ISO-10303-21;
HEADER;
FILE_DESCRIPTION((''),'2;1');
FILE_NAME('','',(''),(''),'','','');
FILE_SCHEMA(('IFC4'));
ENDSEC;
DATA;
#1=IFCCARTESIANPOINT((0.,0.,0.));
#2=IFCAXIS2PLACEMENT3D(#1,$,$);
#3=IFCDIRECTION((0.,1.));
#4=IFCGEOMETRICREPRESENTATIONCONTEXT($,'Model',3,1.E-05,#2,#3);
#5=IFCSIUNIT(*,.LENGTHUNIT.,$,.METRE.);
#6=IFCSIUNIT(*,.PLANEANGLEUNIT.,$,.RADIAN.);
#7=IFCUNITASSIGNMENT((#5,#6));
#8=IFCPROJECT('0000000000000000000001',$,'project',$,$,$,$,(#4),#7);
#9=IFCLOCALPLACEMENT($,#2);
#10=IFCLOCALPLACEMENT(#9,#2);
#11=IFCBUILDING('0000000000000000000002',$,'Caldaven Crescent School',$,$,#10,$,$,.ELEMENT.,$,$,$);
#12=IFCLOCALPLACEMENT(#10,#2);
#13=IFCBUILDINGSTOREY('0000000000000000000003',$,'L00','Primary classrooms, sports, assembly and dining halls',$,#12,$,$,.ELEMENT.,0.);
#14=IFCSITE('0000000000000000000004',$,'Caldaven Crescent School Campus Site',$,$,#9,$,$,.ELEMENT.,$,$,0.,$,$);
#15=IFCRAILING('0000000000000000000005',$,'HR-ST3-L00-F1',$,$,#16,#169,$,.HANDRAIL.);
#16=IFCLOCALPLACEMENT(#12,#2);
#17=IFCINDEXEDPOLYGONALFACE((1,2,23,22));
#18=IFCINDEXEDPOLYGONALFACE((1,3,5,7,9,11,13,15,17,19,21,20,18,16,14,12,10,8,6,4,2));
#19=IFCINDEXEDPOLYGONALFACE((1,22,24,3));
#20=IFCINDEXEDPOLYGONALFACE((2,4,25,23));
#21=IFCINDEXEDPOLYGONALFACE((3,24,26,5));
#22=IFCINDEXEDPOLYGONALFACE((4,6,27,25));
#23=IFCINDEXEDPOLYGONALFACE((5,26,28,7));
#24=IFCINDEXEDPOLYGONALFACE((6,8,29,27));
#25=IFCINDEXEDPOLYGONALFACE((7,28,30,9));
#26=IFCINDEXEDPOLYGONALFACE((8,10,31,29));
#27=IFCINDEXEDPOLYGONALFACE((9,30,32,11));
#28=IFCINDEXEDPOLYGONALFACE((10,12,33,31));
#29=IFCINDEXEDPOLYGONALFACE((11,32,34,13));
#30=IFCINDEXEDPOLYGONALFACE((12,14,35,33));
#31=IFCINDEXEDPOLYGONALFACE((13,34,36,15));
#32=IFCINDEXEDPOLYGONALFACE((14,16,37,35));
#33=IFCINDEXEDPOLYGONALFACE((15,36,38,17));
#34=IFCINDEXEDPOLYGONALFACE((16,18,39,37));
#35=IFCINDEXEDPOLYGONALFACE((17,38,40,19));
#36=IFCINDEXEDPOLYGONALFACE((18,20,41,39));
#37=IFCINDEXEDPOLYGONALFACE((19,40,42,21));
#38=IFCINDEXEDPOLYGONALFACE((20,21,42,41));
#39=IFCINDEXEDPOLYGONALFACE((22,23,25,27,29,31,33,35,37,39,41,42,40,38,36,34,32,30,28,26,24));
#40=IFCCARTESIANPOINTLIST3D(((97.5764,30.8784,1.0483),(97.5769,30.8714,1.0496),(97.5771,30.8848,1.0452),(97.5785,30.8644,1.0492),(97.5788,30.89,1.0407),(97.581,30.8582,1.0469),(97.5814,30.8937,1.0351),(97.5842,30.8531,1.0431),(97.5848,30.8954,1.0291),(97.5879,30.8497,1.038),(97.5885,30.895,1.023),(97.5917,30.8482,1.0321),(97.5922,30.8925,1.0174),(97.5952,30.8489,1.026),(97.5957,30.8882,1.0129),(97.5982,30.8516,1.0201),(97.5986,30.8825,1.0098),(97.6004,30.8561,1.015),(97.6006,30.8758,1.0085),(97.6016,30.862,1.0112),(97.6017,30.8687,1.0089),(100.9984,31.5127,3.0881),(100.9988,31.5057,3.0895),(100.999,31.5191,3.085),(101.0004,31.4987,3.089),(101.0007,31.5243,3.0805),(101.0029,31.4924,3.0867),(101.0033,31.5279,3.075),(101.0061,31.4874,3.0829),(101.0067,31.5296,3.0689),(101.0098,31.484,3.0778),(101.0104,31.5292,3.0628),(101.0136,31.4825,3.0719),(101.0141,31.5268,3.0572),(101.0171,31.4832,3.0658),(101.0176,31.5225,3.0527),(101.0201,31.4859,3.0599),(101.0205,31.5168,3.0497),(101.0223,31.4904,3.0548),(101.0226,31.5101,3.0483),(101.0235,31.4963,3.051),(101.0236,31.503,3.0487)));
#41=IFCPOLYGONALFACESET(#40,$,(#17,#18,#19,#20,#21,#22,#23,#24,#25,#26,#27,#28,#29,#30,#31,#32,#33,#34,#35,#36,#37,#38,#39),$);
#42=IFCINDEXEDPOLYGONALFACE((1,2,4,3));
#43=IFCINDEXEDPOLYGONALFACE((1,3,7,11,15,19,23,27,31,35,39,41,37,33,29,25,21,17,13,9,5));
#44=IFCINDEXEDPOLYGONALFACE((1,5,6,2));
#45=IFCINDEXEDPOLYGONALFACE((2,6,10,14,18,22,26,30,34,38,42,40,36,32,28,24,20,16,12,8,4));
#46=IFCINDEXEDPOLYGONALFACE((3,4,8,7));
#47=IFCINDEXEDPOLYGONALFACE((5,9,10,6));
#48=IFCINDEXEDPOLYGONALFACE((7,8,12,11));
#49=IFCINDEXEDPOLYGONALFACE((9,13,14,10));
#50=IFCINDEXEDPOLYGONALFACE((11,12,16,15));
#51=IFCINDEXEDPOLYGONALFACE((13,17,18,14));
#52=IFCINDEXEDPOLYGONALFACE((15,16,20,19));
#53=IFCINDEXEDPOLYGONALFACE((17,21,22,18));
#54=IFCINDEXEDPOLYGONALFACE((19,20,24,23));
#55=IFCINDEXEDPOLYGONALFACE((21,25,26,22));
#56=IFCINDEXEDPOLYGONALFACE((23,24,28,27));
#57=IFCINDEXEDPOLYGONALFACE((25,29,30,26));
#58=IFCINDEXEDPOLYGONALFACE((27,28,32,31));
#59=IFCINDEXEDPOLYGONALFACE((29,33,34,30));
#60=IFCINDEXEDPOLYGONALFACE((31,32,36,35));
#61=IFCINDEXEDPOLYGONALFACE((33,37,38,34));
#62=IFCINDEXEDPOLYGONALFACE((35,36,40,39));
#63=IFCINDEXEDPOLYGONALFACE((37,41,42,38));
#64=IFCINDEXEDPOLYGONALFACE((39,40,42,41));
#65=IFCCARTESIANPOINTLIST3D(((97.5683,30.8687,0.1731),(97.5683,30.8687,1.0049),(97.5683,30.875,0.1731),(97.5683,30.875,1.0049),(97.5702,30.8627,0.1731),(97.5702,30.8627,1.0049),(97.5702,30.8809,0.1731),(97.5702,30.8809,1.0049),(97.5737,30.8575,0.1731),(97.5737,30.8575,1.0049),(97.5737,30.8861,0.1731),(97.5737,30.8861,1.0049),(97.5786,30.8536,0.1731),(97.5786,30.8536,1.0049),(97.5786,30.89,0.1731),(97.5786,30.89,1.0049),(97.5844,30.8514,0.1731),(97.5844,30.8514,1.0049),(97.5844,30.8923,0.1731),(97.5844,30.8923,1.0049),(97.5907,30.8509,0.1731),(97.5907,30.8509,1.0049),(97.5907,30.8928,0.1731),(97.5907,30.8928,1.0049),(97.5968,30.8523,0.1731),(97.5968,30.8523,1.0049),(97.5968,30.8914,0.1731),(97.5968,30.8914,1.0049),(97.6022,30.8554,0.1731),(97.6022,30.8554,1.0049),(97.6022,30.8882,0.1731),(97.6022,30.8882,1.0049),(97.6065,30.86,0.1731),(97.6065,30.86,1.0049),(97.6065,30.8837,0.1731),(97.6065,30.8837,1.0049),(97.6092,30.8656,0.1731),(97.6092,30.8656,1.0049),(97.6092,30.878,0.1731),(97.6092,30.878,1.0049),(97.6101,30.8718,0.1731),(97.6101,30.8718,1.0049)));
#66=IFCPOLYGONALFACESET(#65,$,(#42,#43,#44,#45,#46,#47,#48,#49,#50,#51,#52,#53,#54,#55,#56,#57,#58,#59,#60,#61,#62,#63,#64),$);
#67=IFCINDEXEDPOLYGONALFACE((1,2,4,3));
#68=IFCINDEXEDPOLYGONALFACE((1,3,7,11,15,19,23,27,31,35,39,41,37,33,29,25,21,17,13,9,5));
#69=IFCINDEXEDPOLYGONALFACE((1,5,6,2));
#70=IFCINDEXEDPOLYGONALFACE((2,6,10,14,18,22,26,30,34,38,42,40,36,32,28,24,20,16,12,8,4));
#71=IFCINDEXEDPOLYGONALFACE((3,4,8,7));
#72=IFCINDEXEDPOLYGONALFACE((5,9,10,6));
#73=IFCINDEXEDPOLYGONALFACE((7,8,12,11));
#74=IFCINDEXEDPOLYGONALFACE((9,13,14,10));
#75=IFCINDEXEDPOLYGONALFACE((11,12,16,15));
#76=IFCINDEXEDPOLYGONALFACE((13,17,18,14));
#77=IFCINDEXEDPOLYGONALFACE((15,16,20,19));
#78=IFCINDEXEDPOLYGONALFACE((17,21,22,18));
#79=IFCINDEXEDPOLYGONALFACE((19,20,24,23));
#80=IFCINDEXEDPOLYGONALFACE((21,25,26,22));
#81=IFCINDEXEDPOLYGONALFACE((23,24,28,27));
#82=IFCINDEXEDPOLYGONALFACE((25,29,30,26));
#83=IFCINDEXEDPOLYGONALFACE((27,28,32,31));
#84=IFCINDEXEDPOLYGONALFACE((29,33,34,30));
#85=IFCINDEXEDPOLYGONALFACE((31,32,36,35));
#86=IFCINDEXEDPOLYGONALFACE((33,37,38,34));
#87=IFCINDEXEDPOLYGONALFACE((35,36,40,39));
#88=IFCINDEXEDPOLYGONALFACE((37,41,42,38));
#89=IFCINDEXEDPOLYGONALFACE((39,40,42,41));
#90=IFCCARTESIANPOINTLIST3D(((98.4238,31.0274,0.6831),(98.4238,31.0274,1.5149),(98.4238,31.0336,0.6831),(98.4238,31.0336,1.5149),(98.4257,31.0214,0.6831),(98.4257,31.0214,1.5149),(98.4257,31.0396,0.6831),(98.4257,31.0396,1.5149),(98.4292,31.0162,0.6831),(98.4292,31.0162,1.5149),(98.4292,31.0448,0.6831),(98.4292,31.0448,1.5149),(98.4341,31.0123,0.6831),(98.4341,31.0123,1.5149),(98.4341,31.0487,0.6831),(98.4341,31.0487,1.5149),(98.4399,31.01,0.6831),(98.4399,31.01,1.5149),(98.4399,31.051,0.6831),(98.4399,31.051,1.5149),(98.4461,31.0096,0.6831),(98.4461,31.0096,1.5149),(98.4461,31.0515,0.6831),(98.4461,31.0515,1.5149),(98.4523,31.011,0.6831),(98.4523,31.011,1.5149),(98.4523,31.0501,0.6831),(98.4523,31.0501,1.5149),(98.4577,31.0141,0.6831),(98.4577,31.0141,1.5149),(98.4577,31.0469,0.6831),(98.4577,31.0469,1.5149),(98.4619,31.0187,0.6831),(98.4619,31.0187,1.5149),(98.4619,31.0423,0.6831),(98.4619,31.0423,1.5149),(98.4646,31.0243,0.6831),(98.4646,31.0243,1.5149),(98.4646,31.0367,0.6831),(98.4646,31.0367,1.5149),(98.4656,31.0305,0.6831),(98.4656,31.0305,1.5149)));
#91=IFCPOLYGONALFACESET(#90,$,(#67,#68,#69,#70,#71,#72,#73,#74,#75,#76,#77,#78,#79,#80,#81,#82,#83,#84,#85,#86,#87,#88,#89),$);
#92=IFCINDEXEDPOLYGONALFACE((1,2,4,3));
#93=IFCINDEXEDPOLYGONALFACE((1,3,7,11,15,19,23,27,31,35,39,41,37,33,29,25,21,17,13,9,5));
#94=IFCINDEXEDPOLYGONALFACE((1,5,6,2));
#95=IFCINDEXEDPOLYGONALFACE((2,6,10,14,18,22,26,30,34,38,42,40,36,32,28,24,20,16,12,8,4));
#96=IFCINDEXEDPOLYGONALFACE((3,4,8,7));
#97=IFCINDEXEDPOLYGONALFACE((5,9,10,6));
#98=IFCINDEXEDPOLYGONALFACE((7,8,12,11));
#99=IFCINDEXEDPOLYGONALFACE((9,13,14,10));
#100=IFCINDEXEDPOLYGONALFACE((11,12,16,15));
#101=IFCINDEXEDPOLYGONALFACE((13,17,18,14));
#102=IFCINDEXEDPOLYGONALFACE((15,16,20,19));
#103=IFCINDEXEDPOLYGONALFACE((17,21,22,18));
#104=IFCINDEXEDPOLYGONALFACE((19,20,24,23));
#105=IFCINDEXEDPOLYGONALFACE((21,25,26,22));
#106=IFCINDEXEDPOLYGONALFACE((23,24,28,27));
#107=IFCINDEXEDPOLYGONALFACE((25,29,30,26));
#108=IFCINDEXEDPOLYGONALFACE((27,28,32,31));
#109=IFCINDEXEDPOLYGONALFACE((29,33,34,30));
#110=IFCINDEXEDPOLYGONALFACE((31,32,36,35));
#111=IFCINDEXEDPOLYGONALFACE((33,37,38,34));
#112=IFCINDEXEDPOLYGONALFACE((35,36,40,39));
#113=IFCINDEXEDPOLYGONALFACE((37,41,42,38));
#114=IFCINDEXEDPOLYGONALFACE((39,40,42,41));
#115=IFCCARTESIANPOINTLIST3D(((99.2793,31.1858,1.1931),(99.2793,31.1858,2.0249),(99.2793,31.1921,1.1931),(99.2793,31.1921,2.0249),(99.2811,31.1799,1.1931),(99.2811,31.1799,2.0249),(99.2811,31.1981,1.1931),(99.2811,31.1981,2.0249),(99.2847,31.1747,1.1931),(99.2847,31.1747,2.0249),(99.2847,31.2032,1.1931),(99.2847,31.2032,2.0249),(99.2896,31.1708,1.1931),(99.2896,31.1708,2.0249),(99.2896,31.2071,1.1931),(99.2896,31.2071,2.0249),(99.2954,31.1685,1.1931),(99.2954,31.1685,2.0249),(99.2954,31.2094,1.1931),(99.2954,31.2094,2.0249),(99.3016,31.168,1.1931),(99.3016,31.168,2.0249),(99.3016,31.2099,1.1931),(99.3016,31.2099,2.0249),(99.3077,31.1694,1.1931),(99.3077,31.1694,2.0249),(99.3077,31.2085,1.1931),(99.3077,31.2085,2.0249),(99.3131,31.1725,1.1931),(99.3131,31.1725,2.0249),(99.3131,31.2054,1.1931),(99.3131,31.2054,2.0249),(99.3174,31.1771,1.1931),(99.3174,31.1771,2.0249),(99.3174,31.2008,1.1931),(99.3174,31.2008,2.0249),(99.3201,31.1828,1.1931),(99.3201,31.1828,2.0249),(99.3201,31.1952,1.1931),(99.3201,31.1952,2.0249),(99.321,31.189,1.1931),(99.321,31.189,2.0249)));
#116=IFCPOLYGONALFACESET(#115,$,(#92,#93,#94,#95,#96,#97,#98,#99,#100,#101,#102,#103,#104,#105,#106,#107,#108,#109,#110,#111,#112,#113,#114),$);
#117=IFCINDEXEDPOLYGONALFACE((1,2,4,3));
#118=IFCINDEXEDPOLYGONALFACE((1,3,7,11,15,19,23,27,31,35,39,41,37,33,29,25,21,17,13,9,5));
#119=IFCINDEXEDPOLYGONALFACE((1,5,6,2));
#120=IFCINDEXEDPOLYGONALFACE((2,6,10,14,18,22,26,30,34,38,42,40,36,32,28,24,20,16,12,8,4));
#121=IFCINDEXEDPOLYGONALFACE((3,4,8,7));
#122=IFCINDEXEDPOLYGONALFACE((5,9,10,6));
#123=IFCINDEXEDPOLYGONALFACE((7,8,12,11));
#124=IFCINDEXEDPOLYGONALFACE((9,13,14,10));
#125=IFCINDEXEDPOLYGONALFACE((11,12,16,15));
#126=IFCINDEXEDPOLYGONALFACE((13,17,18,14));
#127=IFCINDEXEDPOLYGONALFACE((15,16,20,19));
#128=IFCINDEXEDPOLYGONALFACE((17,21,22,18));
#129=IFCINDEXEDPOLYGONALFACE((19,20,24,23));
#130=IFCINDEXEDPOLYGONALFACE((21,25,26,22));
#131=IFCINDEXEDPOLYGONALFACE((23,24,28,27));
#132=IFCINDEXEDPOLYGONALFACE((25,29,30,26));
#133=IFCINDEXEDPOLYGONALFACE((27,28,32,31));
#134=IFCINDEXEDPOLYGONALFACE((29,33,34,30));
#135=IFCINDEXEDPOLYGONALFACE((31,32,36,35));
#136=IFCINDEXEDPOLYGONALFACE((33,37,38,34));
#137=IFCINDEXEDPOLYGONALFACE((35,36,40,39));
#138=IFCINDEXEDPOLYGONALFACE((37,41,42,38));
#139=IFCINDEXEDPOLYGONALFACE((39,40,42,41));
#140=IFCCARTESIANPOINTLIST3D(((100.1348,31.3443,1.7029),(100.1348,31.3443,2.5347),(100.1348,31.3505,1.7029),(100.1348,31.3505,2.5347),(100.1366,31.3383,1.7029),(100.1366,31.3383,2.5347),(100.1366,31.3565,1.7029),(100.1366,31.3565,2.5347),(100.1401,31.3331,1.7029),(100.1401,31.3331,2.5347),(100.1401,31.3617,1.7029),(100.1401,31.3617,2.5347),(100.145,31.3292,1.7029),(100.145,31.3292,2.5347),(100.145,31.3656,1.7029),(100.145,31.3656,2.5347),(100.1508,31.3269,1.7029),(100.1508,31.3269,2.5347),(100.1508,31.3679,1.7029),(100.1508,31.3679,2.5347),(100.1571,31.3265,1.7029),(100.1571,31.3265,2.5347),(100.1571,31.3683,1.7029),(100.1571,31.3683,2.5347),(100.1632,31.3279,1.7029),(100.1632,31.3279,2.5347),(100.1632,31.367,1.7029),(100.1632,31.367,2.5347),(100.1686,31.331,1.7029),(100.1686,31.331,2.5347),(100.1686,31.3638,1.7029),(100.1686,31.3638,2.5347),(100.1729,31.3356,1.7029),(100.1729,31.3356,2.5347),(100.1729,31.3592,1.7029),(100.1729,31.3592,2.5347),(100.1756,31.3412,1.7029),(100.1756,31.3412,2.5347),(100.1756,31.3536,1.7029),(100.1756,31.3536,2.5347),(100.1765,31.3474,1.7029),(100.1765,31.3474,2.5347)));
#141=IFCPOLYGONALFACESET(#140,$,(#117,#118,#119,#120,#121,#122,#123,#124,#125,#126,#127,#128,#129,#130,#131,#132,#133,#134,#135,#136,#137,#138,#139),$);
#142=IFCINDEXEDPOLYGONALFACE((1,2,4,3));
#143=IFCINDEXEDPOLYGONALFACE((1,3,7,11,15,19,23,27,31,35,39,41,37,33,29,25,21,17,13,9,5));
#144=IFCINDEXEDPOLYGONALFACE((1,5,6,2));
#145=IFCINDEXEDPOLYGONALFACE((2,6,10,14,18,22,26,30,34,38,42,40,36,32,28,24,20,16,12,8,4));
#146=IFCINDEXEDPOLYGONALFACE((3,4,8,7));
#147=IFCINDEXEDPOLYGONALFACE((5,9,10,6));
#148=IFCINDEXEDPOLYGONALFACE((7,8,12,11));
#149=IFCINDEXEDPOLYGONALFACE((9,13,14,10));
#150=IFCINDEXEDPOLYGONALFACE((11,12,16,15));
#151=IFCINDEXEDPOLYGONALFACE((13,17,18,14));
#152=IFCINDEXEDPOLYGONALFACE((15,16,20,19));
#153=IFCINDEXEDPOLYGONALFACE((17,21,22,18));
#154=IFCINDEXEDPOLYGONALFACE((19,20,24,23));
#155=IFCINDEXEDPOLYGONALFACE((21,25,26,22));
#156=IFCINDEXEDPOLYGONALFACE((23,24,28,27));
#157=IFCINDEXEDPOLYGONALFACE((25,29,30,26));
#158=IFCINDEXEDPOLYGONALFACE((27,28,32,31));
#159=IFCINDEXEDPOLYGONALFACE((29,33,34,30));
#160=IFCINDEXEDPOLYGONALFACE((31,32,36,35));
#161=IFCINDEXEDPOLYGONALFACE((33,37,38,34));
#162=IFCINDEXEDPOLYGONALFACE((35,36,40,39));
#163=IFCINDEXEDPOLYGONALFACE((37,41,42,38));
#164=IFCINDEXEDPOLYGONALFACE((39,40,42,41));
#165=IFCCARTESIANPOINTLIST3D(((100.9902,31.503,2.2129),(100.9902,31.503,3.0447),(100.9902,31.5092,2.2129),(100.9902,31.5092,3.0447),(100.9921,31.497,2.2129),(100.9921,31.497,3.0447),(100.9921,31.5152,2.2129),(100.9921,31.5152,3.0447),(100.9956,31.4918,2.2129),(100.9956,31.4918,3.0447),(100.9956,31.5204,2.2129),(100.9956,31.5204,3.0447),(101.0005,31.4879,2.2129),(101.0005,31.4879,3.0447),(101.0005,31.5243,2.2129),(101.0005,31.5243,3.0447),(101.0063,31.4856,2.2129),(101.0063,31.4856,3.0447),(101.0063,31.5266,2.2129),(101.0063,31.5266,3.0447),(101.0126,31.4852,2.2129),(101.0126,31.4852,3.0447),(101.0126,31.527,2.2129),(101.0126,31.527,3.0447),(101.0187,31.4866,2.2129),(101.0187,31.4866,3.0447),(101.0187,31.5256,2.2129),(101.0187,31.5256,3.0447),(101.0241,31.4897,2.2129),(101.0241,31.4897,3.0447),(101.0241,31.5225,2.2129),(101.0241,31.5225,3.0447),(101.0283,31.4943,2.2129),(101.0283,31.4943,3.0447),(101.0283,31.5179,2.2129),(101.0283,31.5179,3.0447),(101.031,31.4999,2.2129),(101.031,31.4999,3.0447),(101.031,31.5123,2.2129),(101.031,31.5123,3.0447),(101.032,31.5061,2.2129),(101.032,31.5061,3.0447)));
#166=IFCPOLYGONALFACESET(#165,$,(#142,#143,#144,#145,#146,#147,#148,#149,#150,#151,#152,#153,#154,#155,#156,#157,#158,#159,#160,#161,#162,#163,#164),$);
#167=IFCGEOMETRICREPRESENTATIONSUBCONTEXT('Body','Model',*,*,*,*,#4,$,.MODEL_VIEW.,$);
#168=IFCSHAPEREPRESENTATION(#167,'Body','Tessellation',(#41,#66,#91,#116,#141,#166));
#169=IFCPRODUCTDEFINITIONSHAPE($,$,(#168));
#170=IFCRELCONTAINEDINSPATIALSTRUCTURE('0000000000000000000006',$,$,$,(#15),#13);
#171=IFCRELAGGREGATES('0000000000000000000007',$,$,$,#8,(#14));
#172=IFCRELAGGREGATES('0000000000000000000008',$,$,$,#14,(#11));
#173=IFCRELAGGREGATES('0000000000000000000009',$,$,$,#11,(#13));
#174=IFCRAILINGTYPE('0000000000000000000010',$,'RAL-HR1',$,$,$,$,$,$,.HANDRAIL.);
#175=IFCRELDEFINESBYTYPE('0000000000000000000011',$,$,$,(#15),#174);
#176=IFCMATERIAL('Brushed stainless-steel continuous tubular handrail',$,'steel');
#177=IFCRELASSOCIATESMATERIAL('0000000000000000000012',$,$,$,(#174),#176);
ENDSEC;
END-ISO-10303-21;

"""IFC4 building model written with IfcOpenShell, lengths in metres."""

from ifc_helpers import new_model, si_unit, direction, frame, origin, origin_2d, place, context, subcontext, project, spatial, circle, extrude, material, type_object, element, save


model = new_model("IFC4")

# Units and contexts
model_context = context("Model", 3, precision=1e-05, world=origin(), true_north=direction((0.0, 1.0)))
body_context = subcontext(model_context, "Body", "Model", "MODEL_VIEW")
ifc_project = project(units=[si_unit("LENGTHUNIT", "METRE"), si_unit("PLANEANGLEUNIT", "RADIAN")], contexts=[model_context])

# Site, building, storey
site_placement = place(None, origin())
site = spatial("IfcSite", under=ifc_project, at=site_placement, Name="Caldaven Crescent School Campus Site", CompositionType="ELEMENT", RefElevation=0.0)
building_placement = place(site_placement, origin())
building = spatial("IfcBuilding", under=site, at=building_placement, Name="Caldaven Crescent School", CompositionType="ELEMENT")
storey_placement = place(building_placement, origin())
storey = spatial("IfcBuildingStorey", under=building, at=storey_placement, Name="L00", Description="Primary classrooms, sports, assembly and dining halls", CompositionType="ELEMENT", Elevation=0.0)

# Railing
ifc_material_1 = material(Name="Brushed stainless-steel continuous tubular handrail", Category="steel")
railing_type_1 = type_object("IfcRailingType", Name="RAL-HR1", PredefinedType="HANDRAIL", material=ifc_material_1)
railing_1_placement = place(storey_placement, frame((97.5891, 30.8718, 0.1731)))
element("IfcRailing", 1, at=railing_1_placement, inside=storey, type_object=railing_type_1, Name="HR-ST3-L00-F1", PredefinedType="HANDRAIL", context=body_context, shape_type="SweptSolid", body=[
    extrude(circle(Radius=0.0239, at=origin_2d()), frame((0.0, 0.0, 0.856), z_axis=(0.848281, 0.157237, 0.505664), x_axis=(-0.182255, 0.983251, 0.0)), (0.0, 0.0, 1.0), 4.0339),
    extrude(circle(Radius=0.021, at=origin_2d()), origin(), (0.0, 0.0, 1.0), 0.8318),
    extrude(circle(Radius=0.021, at=origin_2d()), frame((0.8555, 0.1587, 0.51)), (0.0, 0.0, 1.0), 0.8318),
    extrude(circle(Radius=0.021, at=origin_2d()), frame((1.7109, 0.3171, 1.02)), (0.0, 0.0, 1.0), 0.8318),
    extrude(circle(Radius=0.021, at=origin_2d()), frame((2.5664, 0.4756, 1.5298)), (0.0, 0.0, 1.0), 0.8318),
    extrude(circle(Radius=0.021, at=origin_2d()), frame((3.4219, 0.6343, 2.0398)), (0.0, 0.0, 1.0), 0.8318),
])

save(model, "model.ifc")
